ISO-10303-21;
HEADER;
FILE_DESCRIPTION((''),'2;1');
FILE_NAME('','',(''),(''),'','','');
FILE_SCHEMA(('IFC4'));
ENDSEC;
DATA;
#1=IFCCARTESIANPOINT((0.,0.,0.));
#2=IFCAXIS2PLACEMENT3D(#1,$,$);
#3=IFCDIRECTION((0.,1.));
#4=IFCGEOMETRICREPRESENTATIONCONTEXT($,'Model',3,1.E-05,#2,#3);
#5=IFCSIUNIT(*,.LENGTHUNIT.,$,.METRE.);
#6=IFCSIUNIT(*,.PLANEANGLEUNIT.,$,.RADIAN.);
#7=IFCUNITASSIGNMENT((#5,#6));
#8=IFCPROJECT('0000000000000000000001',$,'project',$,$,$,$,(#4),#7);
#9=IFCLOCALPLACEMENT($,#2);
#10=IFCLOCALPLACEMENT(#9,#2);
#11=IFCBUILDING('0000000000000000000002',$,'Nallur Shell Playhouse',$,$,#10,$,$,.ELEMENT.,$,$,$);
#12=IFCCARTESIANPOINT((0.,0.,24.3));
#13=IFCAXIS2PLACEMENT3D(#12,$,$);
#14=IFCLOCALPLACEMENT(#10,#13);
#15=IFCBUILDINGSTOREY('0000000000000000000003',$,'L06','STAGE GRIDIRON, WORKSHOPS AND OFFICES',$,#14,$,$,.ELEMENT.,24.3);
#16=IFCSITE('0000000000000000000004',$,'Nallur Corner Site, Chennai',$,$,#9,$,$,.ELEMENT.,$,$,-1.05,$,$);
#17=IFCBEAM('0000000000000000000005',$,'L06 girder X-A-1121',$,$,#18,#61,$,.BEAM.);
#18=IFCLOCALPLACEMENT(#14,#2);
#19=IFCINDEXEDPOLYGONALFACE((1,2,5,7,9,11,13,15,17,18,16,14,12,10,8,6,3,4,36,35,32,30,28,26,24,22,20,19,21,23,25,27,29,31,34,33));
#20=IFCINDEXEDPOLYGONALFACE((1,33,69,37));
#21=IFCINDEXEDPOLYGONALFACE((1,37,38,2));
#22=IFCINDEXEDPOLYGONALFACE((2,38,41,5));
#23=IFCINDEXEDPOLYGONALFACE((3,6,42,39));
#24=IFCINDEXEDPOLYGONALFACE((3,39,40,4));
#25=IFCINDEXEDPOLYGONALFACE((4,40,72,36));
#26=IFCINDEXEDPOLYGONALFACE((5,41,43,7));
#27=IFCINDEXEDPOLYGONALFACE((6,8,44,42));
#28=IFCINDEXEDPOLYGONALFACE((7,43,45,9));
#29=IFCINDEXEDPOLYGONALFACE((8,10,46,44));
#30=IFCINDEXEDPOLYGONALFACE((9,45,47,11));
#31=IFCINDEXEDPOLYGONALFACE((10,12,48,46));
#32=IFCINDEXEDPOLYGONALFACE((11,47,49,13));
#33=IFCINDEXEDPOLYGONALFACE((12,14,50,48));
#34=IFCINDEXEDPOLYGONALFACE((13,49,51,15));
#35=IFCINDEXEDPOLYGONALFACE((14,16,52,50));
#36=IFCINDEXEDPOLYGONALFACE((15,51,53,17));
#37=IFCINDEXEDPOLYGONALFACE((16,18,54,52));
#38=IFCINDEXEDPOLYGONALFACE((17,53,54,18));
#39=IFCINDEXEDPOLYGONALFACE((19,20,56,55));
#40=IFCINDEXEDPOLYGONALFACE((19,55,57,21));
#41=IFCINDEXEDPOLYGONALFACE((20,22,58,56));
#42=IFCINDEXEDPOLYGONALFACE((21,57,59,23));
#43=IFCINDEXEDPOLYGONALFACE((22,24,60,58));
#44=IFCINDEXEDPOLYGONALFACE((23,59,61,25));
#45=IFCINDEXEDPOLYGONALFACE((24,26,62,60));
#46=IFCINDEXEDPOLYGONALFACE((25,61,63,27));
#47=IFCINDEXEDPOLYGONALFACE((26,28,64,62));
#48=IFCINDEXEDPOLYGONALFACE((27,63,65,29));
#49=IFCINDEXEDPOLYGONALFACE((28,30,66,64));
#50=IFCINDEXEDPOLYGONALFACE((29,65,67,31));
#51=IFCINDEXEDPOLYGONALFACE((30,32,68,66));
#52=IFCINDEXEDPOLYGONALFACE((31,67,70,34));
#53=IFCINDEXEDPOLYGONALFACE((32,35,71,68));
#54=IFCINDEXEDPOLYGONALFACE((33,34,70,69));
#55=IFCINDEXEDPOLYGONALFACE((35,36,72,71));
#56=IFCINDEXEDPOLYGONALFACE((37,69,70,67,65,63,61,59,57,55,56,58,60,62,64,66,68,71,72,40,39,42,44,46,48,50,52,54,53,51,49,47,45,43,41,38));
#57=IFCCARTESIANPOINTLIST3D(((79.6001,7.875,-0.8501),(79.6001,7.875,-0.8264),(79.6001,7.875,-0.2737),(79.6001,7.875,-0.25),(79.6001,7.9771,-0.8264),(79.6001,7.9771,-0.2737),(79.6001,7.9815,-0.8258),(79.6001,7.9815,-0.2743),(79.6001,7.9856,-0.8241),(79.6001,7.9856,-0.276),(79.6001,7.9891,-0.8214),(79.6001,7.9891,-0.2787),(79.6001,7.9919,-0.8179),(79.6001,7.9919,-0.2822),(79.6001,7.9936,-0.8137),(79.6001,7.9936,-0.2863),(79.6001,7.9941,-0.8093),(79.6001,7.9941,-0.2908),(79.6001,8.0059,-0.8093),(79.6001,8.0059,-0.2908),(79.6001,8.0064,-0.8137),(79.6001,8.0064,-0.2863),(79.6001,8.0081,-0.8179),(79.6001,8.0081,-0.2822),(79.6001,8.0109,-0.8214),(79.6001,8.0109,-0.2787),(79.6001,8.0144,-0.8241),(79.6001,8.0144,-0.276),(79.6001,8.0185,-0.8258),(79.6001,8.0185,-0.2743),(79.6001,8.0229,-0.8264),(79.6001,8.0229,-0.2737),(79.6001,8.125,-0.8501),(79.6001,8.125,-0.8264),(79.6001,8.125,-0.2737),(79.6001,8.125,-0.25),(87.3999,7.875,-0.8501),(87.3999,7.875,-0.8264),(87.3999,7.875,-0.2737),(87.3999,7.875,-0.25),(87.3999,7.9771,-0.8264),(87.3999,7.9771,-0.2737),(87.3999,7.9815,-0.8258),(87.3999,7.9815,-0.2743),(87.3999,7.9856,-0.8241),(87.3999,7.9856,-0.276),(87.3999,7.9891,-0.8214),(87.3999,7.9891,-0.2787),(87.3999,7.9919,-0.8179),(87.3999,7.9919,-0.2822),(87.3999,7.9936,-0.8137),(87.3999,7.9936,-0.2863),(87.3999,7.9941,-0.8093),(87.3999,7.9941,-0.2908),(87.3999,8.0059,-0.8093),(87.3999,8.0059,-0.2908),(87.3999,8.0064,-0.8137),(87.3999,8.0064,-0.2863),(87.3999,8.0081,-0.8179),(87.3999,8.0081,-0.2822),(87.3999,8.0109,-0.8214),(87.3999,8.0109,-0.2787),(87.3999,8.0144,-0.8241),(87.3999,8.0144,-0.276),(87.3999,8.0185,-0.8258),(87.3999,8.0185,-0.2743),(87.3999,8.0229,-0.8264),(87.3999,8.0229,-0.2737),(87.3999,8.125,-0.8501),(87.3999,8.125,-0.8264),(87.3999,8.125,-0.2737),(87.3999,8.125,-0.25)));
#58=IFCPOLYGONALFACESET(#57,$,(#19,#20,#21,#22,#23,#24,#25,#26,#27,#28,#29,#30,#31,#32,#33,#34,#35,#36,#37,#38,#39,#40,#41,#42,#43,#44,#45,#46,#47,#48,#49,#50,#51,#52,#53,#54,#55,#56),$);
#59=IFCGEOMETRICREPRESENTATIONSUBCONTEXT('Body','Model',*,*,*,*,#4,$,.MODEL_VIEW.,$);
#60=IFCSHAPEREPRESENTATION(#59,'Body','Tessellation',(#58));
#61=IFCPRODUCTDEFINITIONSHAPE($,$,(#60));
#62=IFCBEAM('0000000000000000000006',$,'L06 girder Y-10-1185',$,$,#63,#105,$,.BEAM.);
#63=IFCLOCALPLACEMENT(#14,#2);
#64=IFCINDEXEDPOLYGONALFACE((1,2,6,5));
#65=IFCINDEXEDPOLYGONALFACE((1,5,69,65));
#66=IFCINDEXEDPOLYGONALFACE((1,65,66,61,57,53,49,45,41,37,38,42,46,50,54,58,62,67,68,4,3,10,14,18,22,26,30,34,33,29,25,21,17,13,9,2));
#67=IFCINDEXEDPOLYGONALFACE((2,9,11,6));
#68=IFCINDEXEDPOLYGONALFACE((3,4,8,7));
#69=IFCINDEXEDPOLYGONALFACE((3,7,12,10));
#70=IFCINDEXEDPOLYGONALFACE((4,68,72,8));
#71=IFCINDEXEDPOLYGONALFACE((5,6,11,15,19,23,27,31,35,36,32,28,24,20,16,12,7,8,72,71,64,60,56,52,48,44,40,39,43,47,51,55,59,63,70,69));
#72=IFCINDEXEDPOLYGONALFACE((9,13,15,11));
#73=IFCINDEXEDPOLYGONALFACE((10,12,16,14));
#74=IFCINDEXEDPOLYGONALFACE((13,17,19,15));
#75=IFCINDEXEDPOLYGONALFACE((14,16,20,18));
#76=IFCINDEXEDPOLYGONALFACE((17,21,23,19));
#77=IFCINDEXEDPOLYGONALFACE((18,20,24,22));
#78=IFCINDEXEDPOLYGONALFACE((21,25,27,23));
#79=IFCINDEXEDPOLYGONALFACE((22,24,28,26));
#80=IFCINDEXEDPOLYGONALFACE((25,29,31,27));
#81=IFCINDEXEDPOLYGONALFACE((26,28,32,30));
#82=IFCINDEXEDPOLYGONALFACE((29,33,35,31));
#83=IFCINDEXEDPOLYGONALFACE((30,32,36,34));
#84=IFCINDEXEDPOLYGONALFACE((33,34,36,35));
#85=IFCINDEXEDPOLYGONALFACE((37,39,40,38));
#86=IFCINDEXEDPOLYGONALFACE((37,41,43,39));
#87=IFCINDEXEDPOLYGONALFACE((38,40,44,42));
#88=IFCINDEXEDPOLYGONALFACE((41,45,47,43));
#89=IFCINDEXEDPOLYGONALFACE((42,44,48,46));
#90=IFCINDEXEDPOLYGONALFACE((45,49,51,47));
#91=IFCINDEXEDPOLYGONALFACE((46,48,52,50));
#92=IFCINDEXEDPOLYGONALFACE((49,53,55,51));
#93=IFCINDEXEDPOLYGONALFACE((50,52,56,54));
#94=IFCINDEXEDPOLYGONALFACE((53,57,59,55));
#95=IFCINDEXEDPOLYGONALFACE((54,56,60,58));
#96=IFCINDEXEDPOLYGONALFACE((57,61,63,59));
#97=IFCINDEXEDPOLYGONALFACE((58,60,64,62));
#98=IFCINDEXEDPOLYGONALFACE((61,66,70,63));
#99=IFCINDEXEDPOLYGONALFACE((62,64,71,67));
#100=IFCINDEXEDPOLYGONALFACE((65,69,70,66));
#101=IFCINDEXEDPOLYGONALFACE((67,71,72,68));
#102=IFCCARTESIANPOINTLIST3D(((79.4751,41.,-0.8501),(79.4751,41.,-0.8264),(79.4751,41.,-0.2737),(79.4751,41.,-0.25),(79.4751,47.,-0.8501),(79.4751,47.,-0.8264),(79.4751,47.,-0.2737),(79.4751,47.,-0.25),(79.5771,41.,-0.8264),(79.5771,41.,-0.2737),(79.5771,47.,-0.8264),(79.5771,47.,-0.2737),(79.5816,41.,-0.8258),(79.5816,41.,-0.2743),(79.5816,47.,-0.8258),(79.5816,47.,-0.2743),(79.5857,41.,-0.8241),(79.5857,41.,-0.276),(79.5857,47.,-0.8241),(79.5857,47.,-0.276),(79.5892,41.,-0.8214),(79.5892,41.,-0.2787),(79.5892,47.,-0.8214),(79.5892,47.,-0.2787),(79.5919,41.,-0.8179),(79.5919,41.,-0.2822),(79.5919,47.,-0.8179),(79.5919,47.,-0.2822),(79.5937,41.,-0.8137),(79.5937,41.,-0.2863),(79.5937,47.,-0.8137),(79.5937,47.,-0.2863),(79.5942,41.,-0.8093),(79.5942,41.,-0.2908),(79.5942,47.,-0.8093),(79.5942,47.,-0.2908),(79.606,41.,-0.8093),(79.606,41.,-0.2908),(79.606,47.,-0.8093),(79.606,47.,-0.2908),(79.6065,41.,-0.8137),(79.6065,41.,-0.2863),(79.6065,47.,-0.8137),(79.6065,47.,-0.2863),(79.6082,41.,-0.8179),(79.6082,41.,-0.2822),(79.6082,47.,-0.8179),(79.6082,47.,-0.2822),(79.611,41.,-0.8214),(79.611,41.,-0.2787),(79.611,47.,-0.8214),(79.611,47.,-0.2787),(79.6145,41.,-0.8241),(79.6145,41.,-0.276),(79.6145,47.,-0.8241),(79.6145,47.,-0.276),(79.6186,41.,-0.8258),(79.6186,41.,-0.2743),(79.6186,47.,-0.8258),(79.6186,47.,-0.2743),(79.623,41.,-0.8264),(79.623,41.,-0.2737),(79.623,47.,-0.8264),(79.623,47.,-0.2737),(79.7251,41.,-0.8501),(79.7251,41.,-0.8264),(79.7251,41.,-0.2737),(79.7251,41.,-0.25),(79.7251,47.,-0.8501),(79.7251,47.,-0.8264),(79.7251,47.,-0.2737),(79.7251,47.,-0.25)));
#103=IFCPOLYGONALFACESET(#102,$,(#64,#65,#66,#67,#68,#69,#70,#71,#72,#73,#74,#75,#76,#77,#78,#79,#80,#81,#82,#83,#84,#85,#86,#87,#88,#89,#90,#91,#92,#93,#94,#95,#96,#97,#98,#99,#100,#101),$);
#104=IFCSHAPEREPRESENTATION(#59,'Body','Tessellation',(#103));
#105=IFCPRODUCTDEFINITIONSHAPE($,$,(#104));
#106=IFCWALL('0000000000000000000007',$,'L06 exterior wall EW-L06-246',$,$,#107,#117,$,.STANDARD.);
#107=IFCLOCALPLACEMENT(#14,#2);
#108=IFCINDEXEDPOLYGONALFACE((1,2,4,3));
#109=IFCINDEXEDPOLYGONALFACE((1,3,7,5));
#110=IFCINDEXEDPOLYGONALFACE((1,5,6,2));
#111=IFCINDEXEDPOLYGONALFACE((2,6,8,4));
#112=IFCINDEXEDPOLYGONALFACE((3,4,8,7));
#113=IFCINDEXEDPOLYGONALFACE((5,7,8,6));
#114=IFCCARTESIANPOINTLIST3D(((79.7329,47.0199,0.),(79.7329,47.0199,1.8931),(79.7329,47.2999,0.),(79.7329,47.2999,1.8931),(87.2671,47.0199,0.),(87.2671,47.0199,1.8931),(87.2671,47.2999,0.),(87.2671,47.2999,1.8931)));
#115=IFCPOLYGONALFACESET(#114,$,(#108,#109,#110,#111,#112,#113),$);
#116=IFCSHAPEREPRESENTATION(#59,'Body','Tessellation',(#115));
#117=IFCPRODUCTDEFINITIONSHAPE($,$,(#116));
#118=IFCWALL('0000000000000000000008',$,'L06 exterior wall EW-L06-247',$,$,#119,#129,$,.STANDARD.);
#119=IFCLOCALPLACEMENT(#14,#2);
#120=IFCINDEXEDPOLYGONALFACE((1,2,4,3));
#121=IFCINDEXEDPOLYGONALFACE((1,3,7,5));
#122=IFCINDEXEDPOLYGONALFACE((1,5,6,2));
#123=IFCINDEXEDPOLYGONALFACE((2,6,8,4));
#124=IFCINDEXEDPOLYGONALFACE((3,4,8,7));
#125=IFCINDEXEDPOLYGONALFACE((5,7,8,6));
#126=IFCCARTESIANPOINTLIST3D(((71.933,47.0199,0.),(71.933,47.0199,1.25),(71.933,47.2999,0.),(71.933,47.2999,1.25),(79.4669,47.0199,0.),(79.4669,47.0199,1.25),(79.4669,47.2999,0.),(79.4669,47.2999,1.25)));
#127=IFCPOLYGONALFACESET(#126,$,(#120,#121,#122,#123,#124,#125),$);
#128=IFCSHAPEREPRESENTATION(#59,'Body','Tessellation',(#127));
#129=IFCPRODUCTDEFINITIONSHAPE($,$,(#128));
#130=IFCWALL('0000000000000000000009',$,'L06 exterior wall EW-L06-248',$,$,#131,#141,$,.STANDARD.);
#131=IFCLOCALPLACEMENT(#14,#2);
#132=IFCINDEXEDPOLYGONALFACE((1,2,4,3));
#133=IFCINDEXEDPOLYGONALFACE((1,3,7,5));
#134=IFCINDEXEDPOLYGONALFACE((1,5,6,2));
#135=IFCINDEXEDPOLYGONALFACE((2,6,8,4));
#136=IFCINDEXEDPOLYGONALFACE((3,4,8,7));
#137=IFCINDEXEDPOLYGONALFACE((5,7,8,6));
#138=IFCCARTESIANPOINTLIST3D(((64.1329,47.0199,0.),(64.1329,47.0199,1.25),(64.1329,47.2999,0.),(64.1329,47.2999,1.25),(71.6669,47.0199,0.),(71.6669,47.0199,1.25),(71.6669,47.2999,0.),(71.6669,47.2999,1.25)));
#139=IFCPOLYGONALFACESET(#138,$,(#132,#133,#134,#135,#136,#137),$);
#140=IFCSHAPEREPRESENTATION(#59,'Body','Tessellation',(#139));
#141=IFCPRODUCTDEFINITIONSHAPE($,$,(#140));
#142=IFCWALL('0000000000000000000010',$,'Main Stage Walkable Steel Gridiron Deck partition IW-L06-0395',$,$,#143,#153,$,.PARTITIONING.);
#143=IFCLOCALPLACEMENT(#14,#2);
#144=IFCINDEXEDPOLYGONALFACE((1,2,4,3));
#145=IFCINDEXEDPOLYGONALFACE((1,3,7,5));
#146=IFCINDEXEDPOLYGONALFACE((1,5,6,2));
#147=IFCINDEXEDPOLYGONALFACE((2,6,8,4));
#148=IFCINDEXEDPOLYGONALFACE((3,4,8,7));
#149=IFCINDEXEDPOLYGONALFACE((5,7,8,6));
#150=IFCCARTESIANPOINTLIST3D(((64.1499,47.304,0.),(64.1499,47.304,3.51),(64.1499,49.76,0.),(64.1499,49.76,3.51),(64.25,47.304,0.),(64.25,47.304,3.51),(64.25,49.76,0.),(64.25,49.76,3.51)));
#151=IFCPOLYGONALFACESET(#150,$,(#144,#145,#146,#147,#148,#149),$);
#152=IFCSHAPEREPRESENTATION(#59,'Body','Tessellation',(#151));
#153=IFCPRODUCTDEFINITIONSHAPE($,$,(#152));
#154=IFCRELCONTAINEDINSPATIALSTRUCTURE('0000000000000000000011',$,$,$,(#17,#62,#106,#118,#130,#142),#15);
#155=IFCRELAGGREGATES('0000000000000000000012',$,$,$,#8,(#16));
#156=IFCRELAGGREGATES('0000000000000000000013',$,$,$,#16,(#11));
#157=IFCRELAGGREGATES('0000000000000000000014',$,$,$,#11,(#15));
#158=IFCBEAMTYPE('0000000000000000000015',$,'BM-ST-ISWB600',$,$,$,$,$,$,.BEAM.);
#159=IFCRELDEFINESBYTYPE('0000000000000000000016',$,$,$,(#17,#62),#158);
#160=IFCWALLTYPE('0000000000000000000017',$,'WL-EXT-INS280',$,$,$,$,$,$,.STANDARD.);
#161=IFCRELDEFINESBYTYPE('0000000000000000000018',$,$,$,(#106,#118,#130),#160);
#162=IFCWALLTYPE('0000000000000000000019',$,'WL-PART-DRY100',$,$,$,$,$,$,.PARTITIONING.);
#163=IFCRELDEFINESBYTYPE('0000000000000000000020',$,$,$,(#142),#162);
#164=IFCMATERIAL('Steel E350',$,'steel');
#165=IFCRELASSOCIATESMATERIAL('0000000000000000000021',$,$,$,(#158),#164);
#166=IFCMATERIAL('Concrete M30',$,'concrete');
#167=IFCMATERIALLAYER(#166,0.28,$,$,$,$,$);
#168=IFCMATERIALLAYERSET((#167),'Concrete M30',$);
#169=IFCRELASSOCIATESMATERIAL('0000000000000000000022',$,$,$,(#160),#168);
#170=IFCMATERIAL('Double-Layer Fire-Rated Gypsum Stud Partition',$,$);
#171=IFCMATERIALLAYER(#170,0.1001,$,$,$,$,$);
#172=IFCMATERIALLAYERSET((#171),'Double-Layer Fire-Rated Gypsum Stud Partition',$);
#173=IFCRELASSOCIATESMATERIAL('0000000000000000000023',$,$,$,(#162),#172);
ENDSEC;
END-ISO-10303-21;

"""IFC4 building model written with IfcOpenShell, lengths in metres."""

from ifc_helpers import new_model, si_unit, direction, frame, frame_2d, origin, origin_2d, place, context, subcontext, project, spatial, rectangle, i_section, extrude, material, layer, layer_set, material_profile, profile_set, type_object, element, save


model = new_model("IFC4")

# Units and contexts
model_context = context("Model", 3, precision=1e-05, world=origin(), true_north=direction((0.0, 1.0)))
body_context = subcontext(model_context, "Body", "Model", "MODEL_VIEW")
ifc_project = project(units=[si_unit("LENGTHUNIT", "METRE"), si_unit("PLANEANGLEUNIT", "RADIAN")], contexts=[model_context])

# Site, building, storey
site_placement = place(None, origin())
site = spatial("IfcSite", under=ifc_project, at=site_placement, Name="Nallur Corner Site, Chennai", CompositionType="ELEMENT", RefElevation=-1.05)
building_placement = place(site_placement, origin())
building = spatial("IfcBuilding", under=site, at=building_placement, Name="Nallur Shell Playhouse", CompositionType="ELEMENT")
storey_placement = place(building_placement, frame((0.0, 0.0, 24.3)))
storey = spatial("IfcBuildingStorey", under=building, at=storey_placement, Name="L06", Description="STAGE GRIDIRON, WORKSHOPS AND OFFICES", CompositionType="ELEMENT", Elevation=24.3)

# Shared definitions
ifc_material_1 = material(Name="Steel E350", Category="steel")

# Beams
ifc_material_profile_1 = material_profile(ifc_material_1, i_section(OverallWidth=0.25, OverallDepth=0.6001, WebThickness=0.0117, FlangeThickness=0.0237, FilletRadius=0.0171, at=origin_2d()), Name="ISWB 600")
ifc_profile_set_1 = profile_set([ifc_material_profile_1], Name="Steel E350")
beam_type_1 = type_object("IfcBeamType", Name="BM-ST-ISWB600", PredefinedType="BEAM", material=ifc_profile_set_1)
beam_1_placement = place(storey_placement, frame((79.6001, 8.0, -0.55), z_axis=(1.0, 0.0, 0.0), x_axis=(0.0, 1.0, 0.0)))
element("IfcBeam", 1, at=beam_1_placement, inside=storey, type_object=beam_type_1, Name="L06 girder X-A-1121", PredefinedType="BEAM", context=body_context, shape_type="SweptSolid", body=[
    extrude(i_section(OverallWidth=0.25, OverallDepth=0.6001, WebThickness=0.0117, FlangeThickness=0.0237, FilletRadius=0.0171, at=origin_2d()), origin(), (0.0, 0.0, 1.0), 7.7998),
])
beam_2_placement = place(storey_placement, frame((79.6001, 41.0, -0.55), z_axis=(0.0, 1.0, 0.0), x_axis=(-1.0, 0.0, 0.0)))
element("IfcBeam", 2, at=beam_2_placement, inside=storey, type_object=beam_type_1, Name="L06 girder Y-10-1185", PredefinedType="BEAM", context=body_context, shape_type="SweptSolid", body=[
    extrude(i_section(OverallWidth=0.25, OverallDepth=0.6001, WebThickness=0.0117, FlangeThickness=0.0237, FilletRadius=0.0171, at=origin_2d()), origin(), (0.0, 0.0, 1.0), 6.0),
])

# Walls
ifc_material_2 = material(Name="Concrete M30", Category="concrete")
ifc_layer_1 = layer(ifc_material_2, 0.28)
ifc_layer_set_1 = layer_set([ifc_layer_1], Name="Concrete M30")
wall_type_1 = type_object("IfcWallType", Name="WL-EXT-INS280", PredefinedType="STANDARD", material=ifc_layer_set_1)
wall_1_placement = place(storey_placement, frame((87.2671, 47.1599, 0.0), z_axis=(0.0, 0.0, 1.0), x_axis=(-1.0, 0.0, 0.0)))
element("IfcWall", 3, at=wall_1_placement, inside=storey, type_object=wall_type_1, Name="L06 exterior wall EW-L06-246", PredefinedType="STANDARD", context=body_context, shape_type="SweptSolid", body=[
    extrude(rectangle(XDim=7.5342, YDim=0.28, at=frame_2d((3.7671, 0.0))), origin(), (0.0, 0.0, 1.0), 1.8931),
])
for number, where, z_axis, x_axis, name in (
    (4, (79.467, 47.1599, 0.0), (0.0, 0.0, 1.0), (-1.0, 0.0, 0.0), "L06 exterior wall EW-L06-247"),
    (5, (71.667, 47.1599, 0.0), (0.0, 0.0, 1.0), (-1.0, 0.0, 0.0), "L06 exterior wall EW-L06-248"),
):
    element("IfcWall", number, at=place(storey_placement, frame(where, z_axis=z_axis, x_axis=x_axis)), inside=storey, type_object=wall_type_1, Name=name, PredefinedType="STANDARD", context=body_context, shape_type="SweptSolid", body=[
        extrude(rectangle(XDim=7.5339, YDim=0.28, at=frame_2d((3.7671, 0.0))), origin(), (0.0, 0.0, 1.0), 1.25),
    ])
ifc_material_3 = material(Name="Double-Layer Fire-Rated Gypsum Stud Partition")
ifc_layer_2 = layer(ifc_material_3, 0.1001)
ifc_layer_set_2 = layer_set([ifc_layer_2], Name="Double-Layer Fire-Rated Gypsum Stud Partition")
wall_type_2 = type_object("IfcWallType", Name="WL-PART-DRY100", PredefinedType="PARTITIONING", material=ifc_layer_set_2)
wall_2_placement = place(storey_placement, frame((64.2, 47.304, 0.0), z_axis=(0.0, 0.0, 1.0), x_axis=(0.0, 1.0, 0.0)))
element("IfcWall", 6, at=wall_2_placement, inside=storey, type_object=wall_type_2, Name="Main Stage Walkable Steel Gridiron Deck partition IW-L06-0395", PredefinedType="PARTITIONING", context=body_context, shape_type="SweptSolid", body=[
    extrude(rectangle(XDim=2.4561, YDim=0.1001, at=frame_2d((1.228, 0.0))), origin(), (0.0, 0.0, 1.0), 3.51),
])

save(model, "model.ifc")
